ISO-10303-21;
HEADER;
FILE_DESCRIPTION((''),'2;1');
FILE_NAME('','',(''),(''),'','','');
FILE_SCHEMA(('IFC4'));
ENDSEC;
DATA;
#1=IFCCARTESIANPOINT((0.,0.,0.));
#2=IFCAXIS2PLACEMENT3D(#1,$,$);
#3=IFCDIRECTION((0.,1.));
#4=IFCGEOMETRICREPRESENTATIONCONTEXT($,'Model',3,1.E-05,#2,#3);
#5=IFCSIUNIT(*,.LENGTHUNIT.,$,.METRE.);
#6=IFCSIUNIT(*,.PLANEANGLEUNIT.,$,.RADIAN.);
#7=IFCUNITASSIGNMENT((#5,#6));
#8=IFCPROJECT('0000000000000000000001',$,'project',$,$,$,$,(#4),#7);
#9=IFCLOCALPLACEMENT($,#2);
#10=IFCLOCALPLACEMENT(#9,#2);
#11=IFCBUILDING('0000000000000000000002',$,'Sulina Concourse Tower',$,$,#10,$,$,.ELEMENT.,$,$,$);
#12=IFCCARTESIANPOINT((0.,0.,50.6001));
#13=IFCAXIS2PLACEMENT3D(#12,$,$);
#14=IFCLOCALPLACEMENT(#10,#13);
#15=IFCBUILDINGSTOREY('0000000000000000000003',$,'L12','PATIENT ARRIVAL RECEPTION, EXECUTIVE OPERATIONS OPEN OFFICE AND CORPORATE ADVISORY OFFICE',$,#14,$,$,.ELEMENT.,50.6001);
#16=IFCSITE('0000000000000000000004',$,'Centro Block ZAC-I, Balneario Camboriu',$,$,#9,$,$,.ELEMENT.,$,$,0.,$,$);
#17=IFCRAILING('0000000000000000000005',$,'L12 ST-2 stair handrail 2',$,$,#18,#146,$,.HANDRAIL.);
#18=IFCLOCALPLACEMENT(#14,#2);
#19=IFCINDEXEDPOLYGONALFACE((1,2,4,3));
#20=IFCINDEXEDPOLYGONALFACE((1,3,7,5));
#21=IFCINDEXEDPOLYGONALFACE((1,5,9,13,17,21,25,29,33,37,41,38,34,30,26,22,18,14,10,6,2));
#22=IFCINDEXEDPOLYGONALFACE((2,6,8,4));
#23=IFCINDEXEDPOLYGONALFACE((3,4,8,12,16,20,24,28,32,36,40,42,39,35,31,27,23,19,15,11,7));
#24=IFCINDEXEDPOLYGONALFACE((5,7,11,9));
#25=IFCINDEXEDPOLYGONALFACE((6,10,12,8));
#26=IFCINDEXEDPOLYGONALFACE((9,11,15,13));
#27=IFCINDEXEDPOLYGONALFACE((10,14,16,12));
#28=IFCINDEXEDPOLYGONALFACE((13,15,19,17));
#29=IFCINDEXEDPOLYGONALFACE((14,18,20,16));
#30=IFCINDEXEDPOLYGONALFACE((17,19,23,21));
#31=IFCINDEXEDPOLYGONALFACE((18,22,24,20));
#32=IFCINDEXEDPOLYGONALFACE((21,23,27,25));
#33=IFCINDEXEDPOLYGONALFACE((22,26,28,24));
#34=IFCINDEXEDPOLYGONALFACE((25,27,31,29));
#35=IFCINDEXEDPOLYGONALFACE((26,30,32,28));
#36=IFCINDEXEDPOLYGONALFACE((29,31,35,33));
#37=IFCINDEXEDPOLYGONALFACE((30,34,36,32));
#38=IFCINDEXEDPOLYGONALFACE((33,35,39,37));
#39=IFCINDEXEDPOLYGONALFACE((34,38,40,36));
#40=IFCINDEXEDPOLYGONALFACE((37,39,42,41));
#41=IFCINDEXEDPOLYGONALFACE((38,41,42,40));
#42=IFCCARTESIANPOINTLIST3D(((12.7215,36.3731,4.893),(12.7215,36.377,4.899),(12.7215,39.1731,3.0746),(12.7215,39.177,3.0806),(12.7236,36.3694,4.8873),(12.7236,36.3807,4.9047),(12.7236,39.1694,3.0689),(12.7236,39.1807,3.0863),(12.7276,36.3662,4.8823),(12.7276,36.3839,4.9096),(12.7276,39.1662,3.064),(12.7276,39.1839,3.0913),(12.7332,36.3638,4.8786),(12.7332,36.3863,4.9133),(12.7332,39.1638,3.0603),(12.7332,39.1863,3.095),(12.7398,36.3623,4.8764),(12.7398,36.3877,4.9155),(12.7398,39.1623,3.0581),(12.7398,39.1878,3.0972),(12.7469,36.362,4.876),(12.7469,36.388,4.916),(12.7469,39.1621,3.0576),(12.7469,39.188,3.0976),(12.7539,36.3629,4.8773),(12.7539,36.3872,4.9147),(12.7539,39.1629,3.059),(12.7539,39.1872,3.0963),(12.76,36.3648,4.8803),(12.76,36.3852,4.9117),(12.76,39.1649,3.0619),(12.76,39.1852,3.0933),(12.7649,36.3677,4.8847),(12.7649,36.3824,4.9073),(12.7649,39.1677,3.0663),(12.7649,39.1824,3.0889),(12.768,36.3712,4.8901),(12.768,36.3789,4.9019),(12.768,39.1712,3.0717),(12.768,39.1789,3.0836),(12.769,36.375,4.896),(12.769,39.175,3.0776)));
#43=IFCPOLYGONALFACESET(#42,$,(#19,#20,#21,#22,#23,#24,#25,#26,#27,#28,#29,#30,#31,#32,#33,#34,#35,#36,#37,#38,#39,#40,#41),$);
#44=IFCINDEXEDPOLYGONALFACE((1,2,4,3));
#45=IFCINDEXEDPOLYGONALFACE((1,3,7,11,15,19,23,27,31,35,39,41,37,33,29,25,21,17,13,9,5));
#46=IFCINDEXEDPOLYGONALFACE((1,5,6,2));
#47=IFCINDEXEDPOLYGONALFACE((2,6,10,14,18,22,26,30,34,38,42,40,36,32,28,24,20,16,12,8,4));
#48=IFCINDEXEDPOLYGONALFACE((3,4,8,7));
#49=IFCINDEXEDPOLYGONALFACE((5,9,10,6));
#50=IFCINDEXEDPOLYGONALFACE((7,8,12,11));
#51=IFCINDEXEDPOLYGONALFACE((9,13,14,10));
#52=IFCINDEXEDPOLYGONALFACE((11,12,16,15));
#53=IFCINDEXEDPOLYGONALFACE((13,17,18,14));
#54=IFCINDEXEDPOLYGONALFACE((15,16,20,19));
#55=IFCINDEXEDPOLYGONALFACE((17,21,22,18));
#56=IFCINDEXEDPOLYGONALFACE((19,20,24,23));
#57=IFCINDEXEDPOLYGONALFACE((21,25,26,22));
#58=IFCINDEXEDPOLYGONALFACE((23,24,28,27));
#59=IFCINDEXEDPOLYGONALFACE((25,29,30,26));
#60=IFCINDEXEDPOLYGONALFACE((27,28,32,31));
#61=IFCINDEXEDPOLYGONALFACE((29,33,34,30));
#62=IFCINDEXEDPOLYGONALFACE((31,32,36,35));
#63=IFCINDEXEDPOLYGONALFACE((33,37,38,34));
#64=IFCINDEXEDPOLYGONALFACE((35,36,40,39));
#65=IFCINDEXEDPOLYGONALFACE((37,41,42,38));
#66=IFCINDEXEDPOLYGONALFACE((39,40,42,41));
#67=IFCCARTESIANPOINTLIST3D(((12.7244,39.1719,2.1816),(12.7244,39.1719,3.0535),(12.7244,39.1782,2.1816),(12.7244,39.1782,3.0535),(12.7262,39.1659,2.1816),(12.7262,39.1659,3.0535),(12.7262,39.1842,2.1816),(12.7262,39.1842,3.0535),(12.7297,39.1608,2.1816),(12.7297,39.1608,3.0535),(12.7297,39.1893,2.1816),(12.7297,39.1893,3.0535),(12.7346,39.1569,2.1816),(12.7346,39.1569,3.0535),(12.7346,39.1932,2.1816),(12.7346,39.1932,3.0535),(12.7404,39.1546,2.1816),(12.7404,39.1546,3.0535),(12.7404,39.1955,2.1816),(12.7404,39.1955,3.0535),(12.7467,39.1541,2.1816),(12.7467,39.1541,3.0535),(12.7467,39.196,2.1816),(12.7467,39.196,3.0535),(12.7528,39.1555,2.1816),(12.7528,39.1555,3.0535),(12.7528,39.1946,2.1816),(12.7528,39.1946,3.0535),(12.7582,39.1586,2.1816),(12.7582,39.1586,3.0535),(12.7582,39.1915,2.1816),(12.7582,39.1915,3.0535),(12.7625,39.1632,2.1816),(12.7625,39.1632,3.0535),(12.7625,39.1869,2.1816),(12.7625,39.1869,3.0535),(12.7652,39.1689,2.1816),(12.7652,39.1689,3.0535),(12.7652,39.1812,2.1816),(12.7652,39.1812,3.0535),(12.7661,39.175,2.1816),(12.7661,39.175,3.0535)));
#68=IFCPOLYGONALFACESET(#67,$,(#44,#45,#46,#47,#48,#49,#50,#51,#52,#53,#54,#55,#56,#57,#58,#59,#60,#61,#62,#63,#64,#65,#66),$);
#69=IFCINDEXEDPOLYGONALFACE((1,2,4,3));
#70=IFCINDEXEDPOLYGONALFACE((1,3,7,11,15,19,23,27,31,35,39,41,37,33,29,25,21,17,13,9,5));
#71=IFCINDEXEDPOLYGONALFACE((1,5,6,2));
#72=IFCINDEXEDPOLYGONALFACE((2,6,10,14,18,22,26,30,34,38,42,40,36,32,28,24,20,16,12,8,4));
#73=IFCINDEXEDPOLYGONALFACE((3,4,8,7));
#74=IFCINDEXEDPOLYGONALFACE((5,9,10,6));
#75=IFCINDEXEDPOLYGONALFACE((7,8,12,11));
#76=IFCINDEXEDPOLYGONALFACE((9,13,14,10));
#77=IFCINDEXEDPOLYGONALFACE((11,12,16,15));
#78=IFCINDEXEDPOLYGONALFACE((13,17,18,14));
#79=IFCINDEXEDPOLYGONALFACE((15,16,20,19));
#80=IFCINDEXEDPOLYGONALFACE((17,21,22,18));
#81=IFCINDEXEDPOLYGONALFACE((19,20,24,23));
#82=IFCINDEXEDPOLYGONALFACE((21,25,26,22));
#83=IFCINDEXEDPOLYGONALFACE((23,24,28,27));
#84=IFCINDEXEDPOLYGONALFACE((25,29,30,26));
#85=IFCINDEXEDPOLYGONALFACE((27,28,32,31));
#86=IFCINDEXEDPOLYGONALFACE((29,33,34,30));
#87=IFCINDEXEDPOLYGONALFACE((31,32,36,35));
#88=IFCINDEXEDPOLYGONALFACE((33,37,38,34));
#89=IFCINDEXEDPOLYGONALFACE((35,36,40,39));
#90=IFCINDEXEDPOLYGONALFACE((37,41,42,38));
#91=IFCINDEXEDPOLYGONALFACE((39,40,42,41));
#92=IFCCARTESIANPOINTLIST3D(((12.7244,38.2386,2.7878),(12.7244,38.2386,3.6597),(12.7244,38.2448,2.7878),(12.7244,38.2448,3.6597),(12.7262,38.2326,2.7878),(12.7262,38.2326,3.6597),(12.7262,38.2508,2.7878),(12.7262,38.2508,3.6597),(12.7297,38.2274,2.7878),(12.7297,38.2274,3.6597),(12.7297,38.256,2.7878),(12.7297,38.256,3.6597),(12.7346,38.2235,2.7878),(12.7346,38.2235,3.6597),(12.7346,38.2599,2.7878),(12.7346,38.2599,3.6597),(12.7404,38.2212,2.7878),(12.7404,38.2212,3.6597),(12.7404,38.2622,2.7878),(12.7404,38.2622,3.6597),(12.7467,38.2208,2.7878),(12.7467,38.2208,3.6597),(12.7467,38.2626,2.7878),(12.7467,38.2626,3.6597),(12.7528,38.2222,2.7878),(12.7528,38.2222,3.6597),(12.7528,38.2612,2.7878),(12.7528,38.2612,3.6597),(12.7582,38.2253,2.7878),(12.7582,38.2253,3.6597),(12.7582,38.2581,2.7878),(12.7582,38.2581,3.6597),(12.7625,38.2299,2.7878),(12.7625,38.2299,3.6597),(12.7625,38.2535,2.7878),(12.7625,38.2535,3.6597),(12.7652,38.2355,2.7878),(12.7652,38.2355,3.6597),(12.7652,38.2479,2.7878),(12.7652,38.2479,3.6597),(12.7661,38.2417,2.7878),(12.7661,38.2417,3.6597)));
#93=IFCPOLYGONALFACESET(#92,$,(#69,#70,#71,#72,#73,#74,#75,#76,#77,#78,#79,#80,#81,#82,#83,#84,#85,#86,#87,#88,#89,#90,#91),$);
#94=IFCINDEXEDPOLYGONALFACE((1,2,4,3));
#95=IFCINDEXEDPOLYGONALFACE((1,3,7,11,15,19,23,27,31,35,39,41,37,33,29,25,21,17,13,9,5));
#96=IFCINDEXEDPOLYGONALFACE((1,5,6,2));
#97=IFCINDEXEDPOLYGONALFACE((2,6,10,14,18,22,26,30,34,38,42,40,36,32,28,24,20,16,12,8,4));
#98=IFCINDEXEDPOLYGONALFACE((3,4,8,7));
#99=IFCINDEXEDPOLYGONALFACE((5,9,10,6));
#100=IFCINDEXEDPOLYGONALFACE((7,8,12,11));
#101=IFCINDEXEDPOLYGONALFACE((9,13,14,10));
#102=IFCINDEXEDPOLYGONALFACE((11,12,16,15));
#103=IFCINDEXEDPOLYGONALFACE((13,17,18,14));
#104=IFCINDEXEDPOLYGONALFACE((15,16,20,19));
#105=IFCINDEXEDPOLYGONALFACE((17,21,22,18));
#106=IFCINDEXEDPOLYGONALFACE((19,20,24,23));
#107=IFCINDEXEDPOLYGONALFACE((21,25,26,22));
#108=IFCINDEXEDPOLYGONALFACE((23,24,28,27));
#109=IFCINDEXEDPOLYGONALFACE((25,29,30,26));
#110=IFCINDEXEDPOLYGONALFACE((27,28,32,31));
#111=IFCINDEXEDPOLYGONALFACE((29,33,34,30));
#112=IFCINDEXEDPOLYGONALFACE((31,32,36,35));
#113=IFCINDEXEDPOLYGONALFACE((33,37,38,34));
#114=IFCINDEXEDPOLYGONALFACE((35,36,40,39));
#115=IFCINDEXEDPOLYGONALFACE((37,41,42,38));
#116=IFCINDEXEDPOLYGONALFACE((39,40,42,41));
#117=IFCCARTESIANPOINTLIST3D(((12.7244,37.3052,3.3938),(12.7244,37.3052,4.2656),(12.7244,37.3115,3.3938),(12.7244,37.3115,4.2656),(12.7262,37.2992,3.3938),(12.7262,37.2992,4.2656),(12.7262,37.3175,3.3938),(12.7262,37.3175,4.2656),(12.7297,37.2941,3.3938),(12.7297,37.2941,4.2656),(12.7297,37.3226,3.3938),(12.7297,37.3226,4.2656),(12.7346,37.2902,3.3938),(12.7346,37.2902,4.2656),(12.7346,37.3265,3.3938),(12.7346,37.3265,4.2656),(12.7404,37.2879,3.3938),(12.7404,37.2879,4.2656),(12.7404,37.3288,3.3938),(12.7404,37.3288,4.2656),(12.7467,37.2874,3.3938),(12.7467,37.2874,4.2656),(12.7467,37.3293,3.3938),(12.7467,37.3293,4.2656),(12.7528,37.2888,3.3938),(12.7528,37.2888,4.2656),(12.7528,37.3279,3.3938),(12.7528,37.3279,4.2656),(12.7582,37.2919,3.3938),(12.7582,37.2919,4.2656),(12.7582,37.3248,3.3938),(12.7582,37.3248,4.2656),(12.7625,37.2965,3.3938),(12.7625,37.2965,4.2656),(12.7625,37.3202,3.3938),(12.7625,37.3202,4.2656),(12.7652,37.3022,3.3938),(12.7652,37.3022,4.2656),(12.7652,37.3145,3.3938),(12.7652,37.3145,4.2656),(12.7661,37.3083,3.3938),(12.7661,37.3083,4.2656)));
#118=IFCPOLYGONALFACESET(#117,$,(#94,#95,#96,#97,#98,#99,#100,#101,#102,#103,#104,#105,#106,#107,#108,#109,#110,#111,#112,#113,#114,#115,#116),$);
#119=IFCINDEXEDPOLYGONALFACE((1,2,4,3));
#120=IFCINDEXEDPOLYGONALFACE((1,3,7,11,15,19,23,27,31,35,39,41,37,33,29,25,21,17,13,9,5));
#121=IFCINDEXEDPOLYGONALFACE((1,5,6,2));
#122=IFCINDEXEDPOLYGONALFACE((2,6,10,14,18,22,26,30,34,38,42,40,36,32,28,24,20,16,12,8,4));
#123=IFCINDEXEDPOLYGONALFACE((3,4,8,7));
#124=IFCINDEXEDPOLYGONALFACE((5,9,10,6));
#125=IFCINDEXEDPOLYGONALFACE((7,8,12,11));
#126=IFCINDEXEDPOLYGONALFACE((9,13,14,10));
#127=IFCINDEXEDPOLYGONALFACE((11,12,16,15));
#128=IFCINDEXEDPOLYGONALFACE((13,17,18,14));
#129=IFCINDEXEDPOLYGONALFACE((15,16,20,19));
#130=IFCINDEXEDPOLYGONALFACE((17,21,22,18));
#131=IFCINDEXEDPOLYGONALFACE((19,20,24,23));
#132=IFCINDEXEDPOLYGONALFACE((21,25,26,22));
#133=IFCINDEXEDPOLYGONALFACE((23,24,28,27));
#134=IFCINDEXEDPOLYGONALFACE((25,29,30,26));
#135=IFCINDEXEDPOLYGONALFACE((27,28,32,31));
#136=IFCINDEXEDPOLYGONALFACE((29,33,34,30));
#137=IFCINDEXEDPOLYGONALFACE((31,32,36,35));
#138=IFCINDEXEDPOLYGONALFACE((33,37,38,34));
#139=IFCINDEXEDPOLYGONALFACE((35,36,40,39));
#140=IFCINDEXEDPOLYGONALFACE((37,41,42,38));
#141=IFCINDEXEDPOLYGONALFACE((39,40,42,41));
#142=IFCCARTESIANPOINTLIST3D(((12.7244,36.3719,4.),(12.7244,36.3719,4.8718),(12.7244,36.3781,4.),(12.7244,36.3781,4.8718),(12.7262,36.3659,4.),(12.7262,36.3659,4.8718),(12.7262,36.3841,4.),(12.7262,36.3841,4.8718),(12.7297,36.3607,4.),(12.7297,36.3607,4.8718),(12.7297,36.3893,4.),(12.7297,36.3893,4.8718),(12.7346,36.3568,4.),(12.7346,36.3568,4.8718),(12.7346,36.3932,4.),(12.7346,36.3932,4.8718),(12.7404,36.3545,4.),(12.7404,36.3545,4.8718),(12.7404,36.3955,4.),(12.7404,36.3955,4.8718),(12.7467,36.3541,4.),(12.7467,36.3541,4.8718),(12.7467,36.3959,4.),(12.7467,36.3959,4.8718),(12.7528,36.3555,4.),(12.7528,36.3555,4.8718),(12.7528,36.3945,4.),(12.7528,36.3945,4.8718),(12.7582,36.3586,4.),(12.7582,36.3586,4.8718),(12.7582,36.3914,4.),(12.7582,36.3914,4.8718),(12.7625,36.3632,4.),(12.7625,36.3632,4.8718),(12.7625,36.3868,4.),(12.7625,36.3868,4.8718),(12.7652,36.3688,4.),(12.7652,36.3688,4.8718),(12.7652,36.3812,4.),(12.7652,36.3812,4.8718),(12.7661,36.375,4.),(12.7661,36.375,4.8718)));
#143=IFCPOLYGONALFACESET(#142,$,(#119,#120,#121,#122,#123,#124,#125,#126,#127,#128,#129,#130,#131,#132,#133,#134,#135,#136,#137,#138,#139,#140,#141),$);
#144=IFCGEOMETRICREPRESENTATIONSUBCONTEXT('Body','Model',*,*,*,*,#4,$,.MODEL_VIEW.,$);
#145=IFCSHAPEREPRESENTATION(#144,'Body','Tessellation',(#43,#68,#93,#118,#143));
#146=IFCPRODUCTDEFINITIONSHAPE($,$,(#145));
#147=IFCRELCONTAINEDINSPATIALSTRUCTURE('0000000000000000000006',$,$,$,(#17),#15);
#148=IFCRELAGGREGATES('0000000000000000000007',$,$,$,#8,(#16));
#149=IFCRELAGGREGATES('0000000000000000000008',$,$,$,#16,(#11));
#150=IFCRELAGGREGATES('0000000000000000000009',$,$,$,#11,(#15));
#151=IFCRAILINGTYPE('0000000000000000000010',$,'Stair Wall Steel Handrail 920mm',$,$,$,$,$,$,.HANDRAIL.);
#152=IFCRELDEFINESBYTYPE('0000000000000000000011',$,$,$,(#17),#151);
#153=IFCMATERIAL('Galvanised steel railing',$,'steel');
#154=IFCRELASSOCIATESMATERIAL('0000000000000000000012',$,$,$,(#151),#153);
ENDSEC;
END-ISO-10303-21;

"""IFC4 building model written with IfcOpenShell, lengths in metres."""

from ifc_helpers import new_model, si_unit, direction, frame, origin, origin_2d, place, context, subcontext, project, spatial, circle, extrude, material, type_object, element, save


model = new_model("IFC4")

# Units and contexts
model_context = context("Model", 3, precision=1e-05, world=origin(), true_north=direction((0.0, 1.0)))
body_context = subcontext(model_context, "Body", "Model", "MODEL_VIEW")
ifc_project = project(units=[si_unit("LENGTHUNIT", "METRE"), si_unit("PLANEANGLEUNIT", "RADIAN")], contexts=[model_context])

# Site, building, storey
site_placement = place(None, origin())
site = spatial("IfcSite", under=ifc_project, at=site_placement, Name="Centro Block ZAC-I, Balneario Camboriu", CompositionType="ELEMENT", RefElevation=0.0)
building_placement = place(site_placement, origin())
building = spatial("IfcBuilding", under=site, at=building_placement, Name="Sulina Concourse Tower", CompositionType="ELEMENT")
storey_placement = place(building_placement, frame((0.0, 0.0, 50.6001)))
storey = spatial("IfcBuildingStorey", under=building, at=storey_placement, Name="L12", Description="PATIENT ARRIVAL RECEPTION, EXECUTIVE OPERATIONS OPEN OFFICE AND CORPORATE ADVISORY OFFICE", CompositionType="ELEMENT", Elevation=50.6001)

# Railing
ifc_material_1 = material(Name="Galvanised steel railing", Category="steel")
railing_type_1 = type_object("IfcRailingType", Name="Stair Wall Steel Handrail 920mm", PredefinedType="HANDRAIL", material=ifc_material_1)
railing_1_placement = place(storey_placement, frame((12.7451, 39.175, 2.1816)))
element("IfcRailing", 1, at=railing_1_placement, inside=storey, type_object=railing_type_1, Name="L12 ST-2 stair handrail 2", PredefinedType="HANDRAIL", context=body_context, shape_type="SweptSolid", body=[
    extrude(circle(Radius=0.0239, at=origin_2d()), frame((0.0, 0.0, 0.896), z_axis=(0.0, -0.838672, 0.544636), x_axis=(1.0, 0.0, 0.0)), (0.0, 0.0, 1.0), 3.3386),
    extrude(circle(Radius=0.021, at=origin_2d()), origin(), (0.0, 0.0, 1.0), 0.8718),
    extrude(circle(Radius=0.021, at=origin_2d()), frame((0.0, -0.9333, 0.6062)), (0.0, 0.0, 1.0), 0.8718),
    extrude(circle(Radius=0.021, at=origin_2d()), frame((0.0, -1.8667, 1.2122)), (0.0, 0.0, 1.0), 0.8718),
    extrude(circle(Radius=0.021, at=origin_2d()), frame((0.0, -2.8, 1.8184)), (0.0, 0.0, 1.0), 0.8718),
])

save(model, "model.ifc")
